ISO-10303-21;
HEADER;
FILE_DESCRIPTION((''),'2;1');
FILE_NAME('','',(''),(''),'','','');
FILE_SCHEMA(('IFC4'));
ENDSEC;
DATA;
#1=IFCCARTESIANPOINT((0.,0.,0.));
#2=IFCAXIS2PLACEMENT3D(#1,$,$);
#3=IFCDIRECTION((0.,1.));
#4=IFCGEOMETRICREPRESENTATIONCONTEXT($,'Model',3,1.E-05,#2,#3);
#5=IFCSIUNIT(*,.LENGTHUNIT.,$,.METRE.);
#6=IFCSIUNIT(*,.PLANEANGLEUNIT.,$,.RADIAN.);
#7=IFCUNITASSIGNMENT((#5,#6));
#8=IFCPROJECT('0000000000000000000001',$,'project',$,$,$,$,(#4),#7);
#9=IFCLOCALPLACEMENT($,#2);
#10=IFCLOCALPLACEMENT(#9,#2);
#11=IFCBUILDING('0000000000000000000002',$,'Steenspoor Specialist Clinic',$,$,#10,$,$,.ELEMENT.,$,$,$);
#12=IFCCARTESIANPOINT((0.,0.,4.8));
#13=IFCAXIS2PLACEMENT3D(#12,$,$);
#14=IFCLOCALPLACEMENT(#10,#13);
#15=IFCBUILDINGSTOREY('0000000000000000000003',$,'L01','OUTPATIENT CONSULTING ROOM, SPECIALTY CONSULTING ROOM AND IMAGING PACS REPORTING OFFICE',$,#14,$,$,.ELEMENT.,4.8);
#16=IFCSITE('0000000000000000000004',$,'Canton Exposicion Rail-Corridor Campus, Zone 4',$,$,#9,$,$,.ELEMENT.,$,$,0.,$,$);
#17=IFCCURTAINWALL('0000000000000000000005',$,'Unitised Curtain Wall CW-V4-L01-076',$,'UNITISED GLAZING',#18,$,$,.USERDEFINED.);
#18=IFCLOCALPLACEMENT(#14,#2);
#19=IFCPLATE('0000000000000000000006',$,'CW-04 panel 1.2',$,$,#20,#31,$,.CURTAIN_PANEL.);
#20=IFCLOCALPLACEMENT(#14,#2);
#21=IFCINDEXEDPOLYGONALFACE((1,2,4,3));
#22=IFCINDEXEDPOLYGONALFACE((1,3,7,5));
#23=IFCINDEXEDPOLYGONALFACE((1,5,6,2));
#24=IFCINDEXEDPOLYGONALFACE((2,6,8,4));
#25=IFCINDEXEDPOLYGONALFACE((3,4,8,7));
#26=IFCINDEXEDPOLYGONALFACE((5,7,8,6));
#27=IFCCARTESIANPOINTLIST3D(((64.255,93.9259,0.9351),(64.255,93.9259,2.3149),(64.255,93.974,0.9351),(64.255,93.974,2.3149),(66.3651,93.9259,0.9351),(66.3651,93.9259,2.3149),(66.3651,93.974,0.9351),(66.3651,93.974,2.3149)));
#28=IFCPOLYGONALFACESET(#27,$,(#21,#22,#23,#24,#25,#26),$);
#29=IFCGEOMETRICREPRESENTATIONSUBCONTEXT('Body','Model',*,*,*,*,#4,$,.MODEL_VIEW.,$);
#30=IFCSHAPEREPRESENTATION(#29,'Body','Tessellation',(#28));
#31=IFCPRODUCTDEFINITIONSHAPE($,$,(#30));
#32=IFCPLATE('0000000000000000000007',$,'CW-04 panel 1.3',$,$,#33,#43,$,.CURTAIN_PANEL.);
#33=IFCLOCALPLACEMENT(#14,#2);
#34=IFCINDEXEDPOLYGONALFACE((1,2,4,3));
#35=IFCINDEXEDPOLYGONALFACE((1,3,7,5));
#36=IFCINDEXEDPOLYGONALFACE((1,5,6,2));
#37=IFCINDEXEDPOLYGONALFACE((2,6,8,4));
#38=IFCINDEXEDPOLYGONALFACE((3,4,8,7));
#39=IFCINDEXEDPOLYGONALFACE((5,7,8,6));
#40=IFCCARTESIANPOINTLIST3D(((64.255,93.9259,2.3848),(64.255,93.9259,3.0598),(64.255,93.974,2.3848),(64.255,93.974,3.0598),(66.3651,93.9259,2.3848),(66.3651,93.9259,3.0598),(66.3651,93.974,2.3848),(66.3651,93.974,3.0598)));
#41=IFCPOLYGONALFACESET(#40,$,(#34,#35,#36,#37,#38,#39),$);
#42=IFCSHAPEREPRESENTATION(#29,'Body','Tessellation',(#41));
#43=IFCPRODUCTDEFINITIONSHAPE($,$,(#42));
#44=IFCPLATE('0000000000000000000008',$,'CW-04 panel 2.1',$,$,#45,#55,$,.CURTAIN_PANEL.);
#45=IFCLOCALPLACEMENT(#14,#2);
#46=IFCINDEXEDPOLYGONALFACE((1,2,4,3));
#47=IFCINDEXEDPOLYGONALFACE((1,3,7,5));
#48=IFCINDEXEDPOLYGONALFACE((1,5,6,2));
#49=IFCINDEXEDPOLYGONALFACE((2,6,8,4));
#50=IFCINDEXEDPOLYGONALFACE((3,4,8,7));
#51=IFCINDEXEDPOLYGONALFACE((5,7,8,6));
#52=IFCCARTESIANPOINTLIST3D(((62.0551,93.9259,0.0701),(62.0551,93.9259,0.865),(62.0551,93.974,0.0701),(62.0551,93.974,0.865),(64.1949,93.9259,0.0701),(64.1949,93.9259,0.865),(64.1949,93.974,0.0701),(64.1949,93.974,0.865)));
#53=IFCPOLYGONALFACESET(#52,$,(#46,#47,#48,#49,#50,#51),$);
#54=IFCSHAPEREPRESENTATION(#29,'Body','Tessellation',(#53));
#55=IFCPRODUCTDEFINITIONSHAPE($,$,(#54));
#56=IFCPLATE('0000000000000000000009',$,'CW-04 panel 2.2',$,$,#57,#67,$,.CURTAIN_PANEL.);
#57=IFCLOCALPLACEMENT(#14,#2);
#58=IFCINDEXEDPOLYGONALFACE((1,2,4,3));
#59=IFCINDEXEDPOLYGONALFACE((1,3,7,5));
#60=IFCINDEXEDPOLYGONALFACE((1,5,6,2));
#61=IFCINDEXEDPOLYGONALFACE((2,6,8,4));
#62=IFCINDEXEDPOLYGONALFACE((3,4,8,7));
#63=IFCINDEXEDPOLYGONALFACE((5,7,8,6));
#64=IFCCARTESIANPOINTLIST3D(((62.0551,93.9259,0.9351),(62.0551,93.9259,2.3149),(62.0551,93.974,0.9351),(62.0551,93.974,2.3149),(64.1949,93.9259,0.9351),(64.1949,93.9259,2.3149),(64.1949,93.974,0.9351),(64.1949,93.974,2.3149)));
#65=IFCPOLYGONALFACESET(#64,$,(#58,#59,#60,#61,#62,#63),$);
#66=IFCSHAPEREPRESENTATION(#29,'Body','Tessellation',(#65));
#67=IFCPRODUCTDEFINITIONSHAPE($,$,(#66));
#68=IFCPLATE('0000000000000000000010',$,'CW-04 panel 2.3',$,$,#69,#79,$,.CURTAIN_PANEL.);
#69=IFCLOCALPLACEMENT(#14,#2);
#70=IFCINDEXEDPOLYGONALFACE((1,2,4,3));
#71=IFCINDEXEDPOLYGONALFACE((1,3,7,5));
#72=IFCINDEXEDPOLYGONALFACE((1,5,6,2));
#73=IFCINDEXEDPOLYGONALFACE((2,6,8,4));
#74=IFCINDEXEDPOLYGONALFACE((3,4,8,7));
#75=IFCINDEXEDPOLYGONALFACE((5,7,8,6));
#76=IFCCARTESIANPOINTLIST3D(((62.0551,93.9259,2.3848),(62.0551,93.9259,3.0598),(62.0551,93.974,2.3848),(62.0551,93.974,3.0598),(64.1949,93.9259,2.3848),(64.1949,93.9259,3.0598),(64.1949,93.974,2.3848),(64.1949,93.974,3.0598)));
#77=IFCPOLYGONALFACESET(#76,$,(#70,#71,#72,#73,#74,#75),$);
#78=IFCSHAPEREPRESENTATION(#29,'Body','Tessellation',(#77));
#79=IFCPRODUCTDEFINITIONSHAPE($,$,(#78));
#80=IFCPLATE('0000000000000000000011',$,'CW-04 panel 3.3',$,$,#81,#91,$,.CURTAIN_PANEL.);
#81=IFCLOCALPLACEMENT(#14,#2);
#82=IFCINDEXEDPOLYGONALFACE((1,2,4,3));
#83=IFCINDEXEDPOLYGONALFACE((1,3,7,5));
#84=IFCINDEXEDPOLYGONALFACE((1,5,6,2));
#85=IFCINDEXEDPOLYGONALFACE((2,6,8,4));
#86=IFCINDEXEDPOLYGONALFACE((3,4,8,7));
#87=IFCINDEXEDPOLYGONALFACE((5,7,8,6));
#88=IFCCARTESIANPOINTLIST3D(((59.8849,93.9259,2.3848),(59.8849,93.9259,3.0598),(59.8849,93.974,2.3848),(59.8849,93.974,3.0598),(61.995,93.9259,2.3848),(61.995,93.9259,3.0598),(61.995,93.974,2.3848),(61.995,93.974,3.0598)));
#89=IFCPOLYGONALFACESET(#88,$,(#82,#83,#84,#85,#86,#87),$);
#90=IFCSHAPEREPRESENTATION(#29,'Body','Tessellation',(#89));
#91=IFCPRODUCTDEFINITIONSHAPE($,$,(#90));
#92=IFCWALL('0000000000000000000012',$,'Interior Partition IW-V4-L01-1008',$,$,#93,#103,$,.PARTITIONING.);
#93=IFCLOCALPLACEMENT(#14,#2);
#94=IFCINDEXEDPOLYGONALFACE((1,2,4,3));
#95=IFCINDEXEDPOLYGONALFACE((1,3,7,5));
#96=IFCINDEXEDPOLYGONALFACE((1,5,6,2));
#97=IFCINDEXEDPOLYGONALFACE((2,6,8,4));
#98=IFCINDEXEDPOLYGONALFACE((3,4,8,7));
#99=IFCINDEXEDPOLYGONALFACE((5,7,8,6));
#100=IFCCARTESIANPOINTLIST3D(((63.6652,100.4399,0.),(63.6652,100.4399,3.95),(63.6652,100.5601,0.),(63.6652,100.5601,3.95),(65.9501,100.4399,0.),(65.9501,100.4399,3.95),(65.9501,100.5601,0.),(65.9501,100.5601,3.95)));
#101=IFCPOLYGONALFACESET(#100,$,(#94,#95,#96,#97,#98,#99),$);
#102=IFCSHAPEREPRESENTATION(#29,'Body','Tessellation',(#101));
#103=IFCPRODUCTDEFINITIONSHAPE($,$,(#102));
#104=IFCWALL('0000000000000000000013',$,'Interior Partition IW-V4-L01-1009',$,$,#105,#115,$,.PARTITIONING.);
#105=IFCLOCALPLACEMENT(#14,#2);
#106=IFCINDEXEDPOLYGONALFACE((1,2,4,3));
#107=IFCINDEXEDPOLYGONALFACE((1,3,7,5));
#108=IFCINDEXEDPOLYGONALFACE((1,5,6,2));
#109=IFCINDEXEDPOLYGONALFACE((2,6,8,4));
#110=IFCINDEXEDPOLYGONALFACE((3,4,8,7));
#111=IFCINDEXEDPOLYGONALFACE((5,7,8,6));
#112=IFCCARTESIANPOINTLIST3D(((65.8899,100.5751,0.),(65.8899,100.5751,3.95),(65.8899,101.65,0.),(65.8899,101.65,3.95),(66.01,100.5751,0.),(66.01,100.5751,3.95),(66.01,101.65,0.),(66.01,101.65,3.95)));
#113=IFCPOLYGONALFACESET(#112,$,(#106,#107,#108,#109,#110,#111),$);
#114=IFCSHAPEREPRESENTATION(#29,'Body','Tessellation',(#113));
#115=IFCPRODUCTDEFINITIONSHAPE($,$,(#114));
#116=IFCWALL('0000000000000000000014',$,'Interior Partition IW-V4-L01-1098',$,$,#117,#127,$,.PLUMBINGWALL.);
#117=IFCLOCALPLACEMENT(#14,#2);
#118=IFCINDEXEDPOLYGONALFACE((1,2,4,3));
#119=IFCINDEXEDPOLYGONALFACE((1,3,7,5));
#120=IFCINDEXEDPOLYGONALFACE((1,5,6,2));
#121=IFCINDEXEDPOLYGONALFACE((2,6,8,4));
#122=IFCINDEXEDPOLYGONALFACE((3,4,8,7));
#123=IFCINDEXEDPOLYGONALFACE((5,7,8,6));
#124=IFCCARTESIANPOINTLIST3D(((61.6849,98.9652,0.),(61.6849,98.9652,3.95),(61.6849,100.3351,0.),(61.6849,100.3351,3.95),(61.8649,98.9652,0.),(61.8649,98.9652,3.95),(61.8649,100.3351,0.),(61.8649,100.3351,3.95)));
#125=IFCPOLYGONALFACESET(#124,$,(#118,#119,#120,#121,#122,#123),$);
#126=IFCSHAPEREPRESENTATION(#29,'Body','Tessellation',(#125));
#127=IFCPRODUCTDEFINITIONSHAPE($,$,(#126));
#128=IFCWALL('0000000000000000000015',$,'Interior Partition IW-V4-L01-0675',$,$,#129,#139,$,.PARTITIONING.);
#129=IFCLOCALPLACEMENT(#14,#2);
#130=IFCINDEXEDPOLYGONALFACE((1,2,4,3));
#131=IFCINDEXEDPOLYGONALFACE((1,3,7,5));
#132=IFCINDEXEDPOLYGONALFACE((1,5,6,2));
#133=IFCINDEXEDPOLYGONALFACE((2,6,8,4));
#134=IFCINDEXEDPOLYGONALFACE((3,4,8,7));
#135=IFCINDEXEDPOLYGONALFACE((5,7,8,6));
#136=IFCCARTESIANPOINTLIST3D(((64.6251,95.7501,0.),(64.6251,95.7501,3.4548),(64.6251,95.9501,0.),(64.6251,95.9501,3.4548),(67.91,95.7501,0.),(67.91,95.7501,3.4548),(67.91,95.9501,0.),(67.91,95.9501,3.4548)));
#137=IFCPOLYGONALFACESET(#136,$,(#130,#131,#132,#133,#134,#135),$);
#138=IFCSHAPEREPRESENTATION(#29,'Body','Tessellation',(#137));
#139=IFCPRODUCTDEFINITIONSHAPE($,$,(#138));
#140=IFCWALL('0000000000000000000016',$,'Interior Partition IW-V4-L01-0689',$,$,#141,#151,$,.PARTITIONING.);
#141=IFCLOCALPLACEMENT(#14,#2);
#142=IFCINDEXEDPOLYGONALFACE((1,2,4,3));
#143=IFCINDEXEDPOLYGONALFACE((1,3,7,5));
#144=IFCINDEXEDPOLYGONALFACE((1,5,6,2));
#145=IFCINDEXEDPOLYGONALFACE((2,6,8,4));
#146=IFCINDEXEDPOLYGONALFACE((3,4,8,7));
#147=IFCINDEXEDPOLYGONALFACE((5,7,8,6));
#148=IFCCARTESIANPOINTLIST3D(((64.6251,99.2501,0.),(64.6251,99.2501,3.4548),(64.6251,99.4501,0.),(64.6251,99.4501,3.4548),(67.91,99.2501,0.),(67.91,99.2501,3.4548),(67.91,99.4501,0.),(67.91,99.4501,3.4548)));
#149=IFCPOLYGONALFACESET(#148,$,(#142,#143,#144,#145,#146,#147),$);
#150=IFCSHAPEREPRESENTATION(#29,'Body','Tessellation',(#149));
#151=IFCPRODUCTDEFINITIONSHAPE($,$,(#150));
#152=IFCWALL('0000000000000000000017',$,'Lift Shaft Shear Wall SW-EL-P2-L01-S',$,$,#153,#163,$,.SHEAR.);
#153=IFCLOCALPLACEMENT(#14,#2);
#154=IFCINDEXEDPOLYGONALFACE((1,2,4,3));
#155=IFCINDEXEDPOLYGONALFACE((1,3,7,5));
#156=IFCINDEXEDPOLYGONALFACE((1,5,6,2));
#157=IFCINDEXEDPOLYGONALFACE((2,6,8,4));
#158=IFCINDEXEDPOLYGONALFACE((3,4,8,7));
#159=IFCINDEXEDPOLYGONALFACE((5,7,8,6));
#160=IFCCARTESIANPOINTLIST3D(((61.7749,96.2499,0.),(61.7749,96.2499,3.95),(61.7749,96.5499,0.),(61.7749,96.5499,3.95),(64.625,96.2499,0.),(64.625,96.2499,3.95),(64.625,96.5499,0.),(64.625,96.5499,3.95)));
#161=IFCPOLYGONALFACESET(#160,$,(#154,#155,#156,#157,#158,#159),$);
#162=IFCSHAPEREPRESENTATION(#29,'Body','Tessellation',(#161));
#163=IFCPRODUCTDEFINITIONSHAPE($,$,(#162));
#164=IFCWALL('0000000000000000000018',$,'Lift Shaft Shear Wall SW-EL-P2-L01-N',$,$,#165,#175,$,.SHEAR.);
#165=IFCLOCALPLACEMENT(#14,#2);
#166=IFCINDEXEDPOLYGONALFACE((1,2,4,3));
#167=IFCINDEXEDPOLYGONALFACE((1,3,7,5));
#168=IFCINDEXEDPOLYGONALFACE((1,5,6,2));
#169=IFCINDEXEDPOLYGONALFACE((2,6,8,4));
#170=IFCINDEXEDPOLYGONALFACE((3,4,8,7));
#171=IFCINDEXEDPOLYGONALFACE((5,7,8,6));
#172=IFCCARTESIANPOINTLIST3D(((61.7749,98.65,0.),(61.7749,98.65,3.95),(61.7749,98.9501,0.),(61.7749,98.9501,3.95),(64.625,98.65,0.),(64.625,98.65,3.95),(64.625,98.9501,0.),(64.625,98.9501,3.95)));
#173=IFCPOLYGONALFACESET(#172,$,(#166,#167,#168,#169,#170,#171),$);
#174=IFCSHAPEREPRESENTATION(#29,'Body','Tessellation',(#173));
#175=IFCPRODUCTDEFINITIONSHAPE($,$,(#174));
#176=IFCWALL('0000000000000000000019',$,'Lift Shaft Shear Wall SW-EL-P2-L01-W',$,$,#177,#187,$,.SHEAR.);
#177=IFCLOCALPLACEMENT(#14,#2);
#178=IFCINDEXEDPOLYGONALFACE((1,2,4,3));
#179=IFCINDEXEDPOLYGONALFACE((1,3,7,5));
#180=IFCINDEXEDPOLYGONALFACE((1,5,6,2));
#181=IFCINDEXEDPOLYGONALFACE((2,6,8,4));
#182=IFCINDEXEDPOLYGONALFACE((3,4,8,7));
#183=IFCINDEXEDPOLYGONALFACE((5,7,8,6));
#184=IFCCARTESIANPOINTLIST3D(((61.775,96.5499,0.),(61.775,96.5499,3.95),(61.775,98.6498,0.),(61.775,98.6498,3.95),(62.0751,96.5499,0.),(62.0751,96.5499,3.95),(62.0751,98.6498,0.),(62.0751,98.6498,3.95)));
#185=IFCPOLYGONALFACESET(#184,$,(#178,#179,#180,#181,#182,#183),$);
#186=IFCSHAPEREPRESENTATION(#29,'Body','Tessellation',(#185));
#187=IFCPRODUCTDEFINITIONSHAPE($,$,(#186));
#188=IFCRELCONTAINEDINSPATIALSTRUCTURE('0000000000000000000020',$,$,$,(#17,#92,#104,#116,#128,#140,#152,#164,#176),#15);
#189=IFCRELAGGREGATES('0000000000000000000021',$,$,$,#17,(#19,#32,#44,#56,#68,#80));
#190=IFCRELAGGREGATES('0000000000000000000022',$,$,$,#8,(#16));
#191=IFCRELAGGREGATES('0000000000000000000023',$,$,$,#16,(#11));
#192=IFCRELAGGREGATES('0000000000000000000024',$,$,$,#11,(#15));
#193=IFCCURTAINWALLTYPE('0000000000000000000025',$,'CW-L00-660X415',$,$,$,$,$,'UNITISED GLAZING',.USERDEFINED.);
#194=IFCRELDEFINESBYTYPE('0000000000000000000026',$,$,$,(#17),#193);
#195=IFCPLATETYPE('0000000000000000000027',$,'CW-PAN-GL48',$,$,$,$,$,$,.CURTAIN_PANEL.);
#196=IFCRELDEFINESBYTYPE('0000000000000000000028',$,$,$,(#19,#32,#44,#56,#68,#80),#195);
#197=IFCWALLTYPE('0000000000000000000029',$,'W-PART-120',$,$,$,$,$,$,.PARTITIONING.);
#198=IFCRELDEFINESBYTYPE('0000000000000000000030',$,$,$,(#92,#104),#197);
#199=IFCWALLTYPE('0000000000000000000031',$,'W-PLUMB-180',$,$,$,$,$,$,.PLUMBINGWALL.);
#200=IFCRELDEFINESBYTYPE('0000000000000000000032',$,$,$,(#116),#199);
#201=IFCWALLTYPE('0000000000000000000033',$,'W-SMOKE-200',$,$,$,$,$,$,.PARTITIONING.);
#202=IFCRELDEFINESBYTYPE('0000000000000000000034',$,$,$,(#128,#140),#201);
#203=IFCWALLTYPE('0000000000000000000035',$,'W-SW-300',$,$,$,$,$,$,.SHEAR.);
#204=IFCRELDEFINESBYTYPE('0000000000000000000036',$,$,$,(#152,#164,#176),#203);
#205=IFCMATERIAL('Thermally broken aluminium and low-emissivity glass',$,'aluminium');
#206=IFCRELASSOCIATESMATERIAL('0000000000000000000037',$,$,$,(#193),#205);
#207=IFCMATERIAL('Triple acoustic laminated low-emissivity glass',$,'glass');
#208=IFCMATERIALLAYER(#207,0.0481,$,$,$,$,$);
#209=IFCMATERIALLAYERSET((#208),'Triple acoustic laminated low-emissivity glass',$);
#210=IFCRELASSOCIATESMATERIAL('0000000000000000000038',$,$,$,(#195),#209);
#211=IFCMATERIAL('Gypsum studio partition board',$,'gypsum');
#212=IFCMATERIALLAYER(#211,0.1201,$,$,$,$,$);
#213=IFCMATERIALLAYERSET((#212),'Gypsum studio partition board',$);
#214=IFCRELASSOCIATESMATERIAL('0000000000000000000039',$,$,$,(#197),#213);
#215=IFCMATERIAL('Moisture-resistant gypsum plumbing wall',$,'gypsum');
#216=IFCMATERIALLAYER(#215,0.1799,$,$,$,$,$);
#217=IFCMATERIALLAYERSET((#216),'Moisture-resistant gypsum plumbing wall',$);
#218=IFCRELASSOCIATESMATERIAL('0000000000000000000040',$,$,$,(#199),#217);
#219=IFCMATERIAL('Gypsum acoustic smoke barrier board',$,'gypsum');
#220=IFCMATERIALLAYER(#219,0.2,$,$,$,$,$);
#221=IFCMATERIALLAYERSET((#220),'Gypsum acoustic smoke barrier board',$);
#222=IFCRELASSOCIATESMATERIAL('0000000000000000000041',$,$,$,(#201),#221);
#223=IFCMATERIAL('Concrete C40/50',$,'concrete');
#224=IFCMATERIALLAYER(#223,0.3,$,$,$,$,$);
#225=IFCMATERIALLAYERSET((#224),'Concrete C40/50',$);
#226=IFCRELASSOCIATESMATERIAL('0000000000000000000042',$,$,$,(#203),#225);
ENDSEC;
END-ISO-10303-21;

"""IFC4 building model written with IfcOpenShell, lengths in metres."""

from ifc_helpers import new_model, si_unit, direction, frame, frame_2d, origin, origin_2d, place, context, subcontext, project, spatial, rectangle, extrude, material, layer, layer_set, type_object, element, aggregate, save


model = new_model("IFC4")

# Units and contexts
model_context = context("Model", 3, precision=1e-05, world=origin(), true_north=direction((0.0, 1.0)))
body_context = subcontext(model_context, "Body", "Model", "MODEL_VIEW")
ifc_project = project(units=[si_unit("LENGTHUNIT", "METRE"), si_unit("PLANEANGLEUNIT", "RADIAN")], contexts=[model_context])

# Site, building, storey
site_placement = place(None, origin())
site = spatial("IfcSite", under=ifc_project, at=site_placement, Name="Canton Exposicion Rail-Corridor Campus, Zone 4", CompositionType="ELEMENT", RefElevation=0.0)
building_placement = place(site_placement, origin())
building = spatial("IfcBuilding", under=site, at=building_placement, Name="Steenspoor Specialist Clinic", CompositionType="ELEMENT")
storey_placement = place(building_placement, frame((0.0, 0.0, 4.8)))
storey = spatial("IfcBuildingStorey", under=building, at=storey_placement, Name="L01", Description="OUTPATIENT CONSULTING ROOM, SPECIALTY CONSULTING ROOM AND IMAGING PACS REPORTING OFFICE", CompositionType="ELEMENT", Elevation=4.8)

# Curtain wall, plates
ifc_material_1 = material(Name="Thermally broken aluminium and low-emissivity glass", Category="aluminium")
curtain_wall_type = type_object("IfcCurtainWallType", Name="CW-L00-660X415", ElementType="UNITISED GLAZING", PredefinedType="USERDEFINED", material=ifc_material_1)
curtain_wall_placement = place(storey_placement, origin())
curtain_wall = element("IfcCurtainWall", 1, at=curtain_wall_placement, inside=storey, type_object=curtain_wall_type, Name="Unitised Curtain Wall CW-V4-L01-076", ObjectType="UNITISED GLAZING", PredefinedType="USERDEFINED")
ifc_material_2 = material(Name="Triple acoustic laminated low-emissivity glass", Category="glass")
ifc_layer_1 = layer(ifc_material_2, 0.0481)
ifc_layer_set_1 = layer_set([ifc_layer_1], Name="Triple acoustic laminated low-emissivity glass")
plate_type = type_object("IfcPlateType", Name="CW-PAN-GL48", PredefinedType="CURTAIN_PANEL", material=ifc_layer_set_1)
plate_1_placement = place(storey_placement, frame((65.3101, 93.95, 0.9351), z_axis=(0.0, 0.0, 1.0), x_axis=(-1.0, 0.0, 0.0)))
plate_1 = element("IfcPlate", 2, at=plate_1_placement, type_object=plate_type, Name="CW-04 panel 1.2", PredefinedType="CURTAIN_PANEL", context=body_context, shape_type="SweptSolid", body=[
    extrude(rectangle(XDim=2.1101, YDim=0.0481, at=origin_2d()), origin(), (0.0, 0.0, 1.0), 1.3799),
])
plate_2_placement = place(storey_placement, frame((65.3101, 93.95, 2.3848), z_axis=(0.0, 0.0, 1.0), x_axis=(-1.0, 0.0, 0.0)))
plate_2 = element("IfcPlate", 3, at=plate_2_placement, type_object=plate_type, Name="CW-04 panel 1.3", PredefinedType="CURTAIN_PANEL", context=body_context, shape_type="SweptSolid", body=[
    extrude(rectangle(XDim=2.1101, YDim=0.0481, at=origin_2d()), origin(), (0.0, 0.0, 1.0), 0.675),
])
plate_3_placement = place(storey_placement, frame((63.125, 93.95, 0.0701), z_axis=(0.0, 0.0, 1.0), x_axis=(-1.0, 0.0, 0.0)))
plate_3 = element("IfcPlate", 4, at=plate_3_placement, type_object=plate_type, Name="CW-04 panel 2.1", PredefinedType="CURTAIN_PANEL", context=body_context, shape_type="SweptSolid", body=[
    extrude(rectangle(XDim=2.1399, YDim=0.0481, at=origin_2d()), origin(), (0.0, 0.0, 1.0), 0.7949),
])
plate_4_placement = place(storey_placement, frame((63.125, 93.95, 0.9351), z_axis=(0.0, 0.0, 1.0), x_axis=(-1.0, 0.0, 0.0)))
plate_4 = element("IfcPlate", 5, at=plate_4_placement, type_object=plate_type, Name="CW-04 panel 2.2", PredefinedType="CURTAIN_PANEL", context=body_context, shape_type="SweptSolid", body=[
    extrude(rectangle(XDim=2.1399, YDim=0.0481, at=origin_2d()), origin(), (0.0, 0.0, 1.0), 1.3799),
])
plate_5_placement = place(storey_placement, frame((63.125, 93.95, 2.3848), z_axis=(0.0, 0.0, 1.0), x_axis=(-1.0, 0.0, 0.0)))
plate_5 = element("IfcPlate", 6, at=plate_5_placement, type_object=plate_type, Name="CW-04 panel 2.3", PredefinedType="CURTAIN_PANEL", context=body_context, shape_type="SweptSolid", body=[
    extrude(rectangle(XDim=2.1399, YDim=0.0481, at=origin_2d()), origin(), (0.0, 0.0, 1.0), 0.675),
])
plate_6_placement = place(storey_placement, frame((60.9399, 93.95, 2.3848), z_axis=(0.0, 0.0, 1.0), x_axis=(-1.0, 0.0, 0.0)))
plate_6 = element("IfcPlate", 7, at=plate_6_placement, type_object=plate_type, Name="CW-04 panel 3.3", PredefinedType="CURTAIN_PANEL", context=body_context, shape_type="SweptSolid", body=[
    extrude(rectangle(XDim=2.1101, YDim=0.0481, at=origin_2d()), origin(), (0.0, 0.0, 1.0), 0.675),
])
aggregate(curtain_wall, [plate_1, plate_2, plate_3, plate_4, plate_5, plate_6])

# Walls
ifc_material_3 = material(Name="Gypsum studio partition board", Category="gypsum")
ifc_layer_2 = layer(ifc_material_3, 0.1201)
ifc_layer_set_2 = layer_set([ifc_layer_2], Name="Gypsum studio partition board")
wall_type_1 = type_object("IfcWallType", Name="W-PART-120", PredefinedType="PARTITIONING", material=ifc_layer_set_2)
wall_1_placement = place(storey_placement, frame((63.665, 100.5, 0.0), z_axis=(0.0, 0.0, 1.0), x_axis=(1.0, 0.0, 0.0)))
element("IfcWall", 8, at=wall_1_placement, inside=storey, type_object=wall_type_1, Name="Interior Partition IW-V4-L01-1008", PredefinedType="PARTITIONING", context=body_context, shape_type="SweptSolid", body=[
    extrude(rectangle(XDim=2.2849, YDim=0.1201, at=frame_2d((1.1426, 0.0))), origin(), (0.0, 0.0, 1.0), 3.95),
])
wall_2_placement = place(storey_placement, frame((65.95, 100.575, 0.0), z_axis=(0.0, 0.0, 1.0), x_axis=(0.0, 1.0, 0.0)))
element("IfcWall", 9, at=wall_2_placement, inside=storey, type_object=wall_type_1, Name="Interior Partition IW-V4-L01-1009", PredefinedType="PARTITIONING", context=body_context, shape_type="SweptSolid", body=[
    extrude(rectangle(XDim=1.075, YDim=0.1201, at=frame_2d((0.5376, 0.0))), origin(), (0.0, 0.0, 1.0), 3.95),
])
ifc_material_4 = material(Name="Moisture-resistant gypsum plumbing wall", Category="gypsum")
ifc_layer_3 = layer(ifc_material_4, 0.1799)
ifc_layer_set_3 = layer_set([ifc_layer_3], Name="Moisture-resistant gypsum plumbing wall")
wall_type_2 = type_object("IfcWallType", Name="W-PLUMB-180", PredefinedType="PLUMBINGWALL", material=ifc_layer_set_3)
wall_3_placement = place(storey_placement, frame((61.7749, 98.9651, 0.0), z_axis=(0.0, 0.0, 1.0), x_axis=(0.0, 1.0, 0.0)))
element("IfcWall", 10, at=wall_3_placement, inside=storey, type_object=wall_type_2, Name="Interior Partition IW-V4-L01-1098", PredefinedType="PLUMBINGWALL", context=body_context, shape_type="SweptSolid", body=[
    extrude(rectangle(XDim=1.3699, YDim=0.1799, at=frame_2d((0.6851, 0.0))), origin(), (0.0, 0.0, 1.0), 3.95),
])
ifc_material_5 = material(Name="Gypsum acoustic smoke barrier board", Category="gypsum")
ifc_layer_4 = layer(ifc_material_5, 0.2)
ifc_layer_set_4 = layer_set([ifc_layer_4], Name="Gypsum acoustic smoke barrier board")
wall_type_3 = type_object("IfcWallType", Name="W-SMOKE-200", PredefinedType="PARTITIONING", material=ifc_layer_set_4)
for number, where, z_axis, x_axis, name in (
    (11, (64.625, 95.8501, 0.0), (0.0, 0.0, 1.0), (1.0, 0.0, 0.0), "Interior Partition IW-V4-L01-0675"),
    (12, (64.625, 99.3501, 0.0), (0.0, 0.0, 1.0), (1.0, 0.0, 0.0), "Interior Partition IW-V4-L01-0689"),
):
    element("IfcWall", number, at=place(storey_placement, frame(where, z_axis=z_axis, x_axis=x_axis)), inside=storey, type_object=wall_type_3, Name=name, PredefinedType="PARTITIONING", context=body_context, shape_type="SweptSolid", body=[
        extrude(rectangle(XDim=3.2849, YDim=0.2, at=frame_2d((1.6426, 0.0))), origin(), (0.0, 0.0, 1.0), 3.4548),
    ])
ifc_material_6 = material(Name="Concrete C40/50", Category="concrete")
ifc_layer_5 = layer(ifc_material_6, 0.3)
ifc_layer_set_5 = layer_set([ifc_layer_5], Name="Concrete C40/50")
wall_type_4 = type_object("IfcWallType", Name="W-SW-300", PredefinedType="SHEAR", material=ifc_layer_set_5)
for number, where, z_axis, x_axis, name in (
    (13, (61.7749, 96.3999, 0.0), (0.0, 0.0, 1.0), (1.0, 0.0, 0.0), "Lift Shaft Shear Wall SW-EL-P2-L01-S"),
    (14, (61.7749, 98.8, 0.0), (0.0, 0.0, 1.0), (1.0, 0.0, 0.0), "Lift Shaft Shear Wall SW-EL-P2-L01-N"),
):
    element("IfcWall", number, at=place(storey_placement, frame(where, z_axis=z_axis, x_axis=x_axis)), inside=storey, type_object=wall_type_4, Name=name, PredefinedType="SHEAR", context=body_context, shape_type="SweptSolid", body=[
        extrude(rectangle(XDim=2.8501, YDim=0.3, at=frame_2d((1.425, 0.0))), origin(), (0.0, 0.0, 1.0), 3.95),
    ])
wall_4_placement = place(storey_placement, frame((61.925, 96.55, 0.0), z_axis=(0.0, 0.0, 1.0), x_axis=(0.0, 1.0, 0.0)))
element("IfcWall", 15, at=wall_4_placement, inside=storey, type_object=wall_type_4, Name="Lift Shaft Shear Wall SW-EL-P2-L01-W", PredefinedType="SHEAR", context=body_context, shape_type="SweptSolid", body=[
    extrude(rectangle(XDim=2.0999, YDim=0.3, at=frame_2d((1.0498, 0.0))), origin(), (0.0, 0.0, 1.0), 3.95),
])

save(model, "model.ifc")
